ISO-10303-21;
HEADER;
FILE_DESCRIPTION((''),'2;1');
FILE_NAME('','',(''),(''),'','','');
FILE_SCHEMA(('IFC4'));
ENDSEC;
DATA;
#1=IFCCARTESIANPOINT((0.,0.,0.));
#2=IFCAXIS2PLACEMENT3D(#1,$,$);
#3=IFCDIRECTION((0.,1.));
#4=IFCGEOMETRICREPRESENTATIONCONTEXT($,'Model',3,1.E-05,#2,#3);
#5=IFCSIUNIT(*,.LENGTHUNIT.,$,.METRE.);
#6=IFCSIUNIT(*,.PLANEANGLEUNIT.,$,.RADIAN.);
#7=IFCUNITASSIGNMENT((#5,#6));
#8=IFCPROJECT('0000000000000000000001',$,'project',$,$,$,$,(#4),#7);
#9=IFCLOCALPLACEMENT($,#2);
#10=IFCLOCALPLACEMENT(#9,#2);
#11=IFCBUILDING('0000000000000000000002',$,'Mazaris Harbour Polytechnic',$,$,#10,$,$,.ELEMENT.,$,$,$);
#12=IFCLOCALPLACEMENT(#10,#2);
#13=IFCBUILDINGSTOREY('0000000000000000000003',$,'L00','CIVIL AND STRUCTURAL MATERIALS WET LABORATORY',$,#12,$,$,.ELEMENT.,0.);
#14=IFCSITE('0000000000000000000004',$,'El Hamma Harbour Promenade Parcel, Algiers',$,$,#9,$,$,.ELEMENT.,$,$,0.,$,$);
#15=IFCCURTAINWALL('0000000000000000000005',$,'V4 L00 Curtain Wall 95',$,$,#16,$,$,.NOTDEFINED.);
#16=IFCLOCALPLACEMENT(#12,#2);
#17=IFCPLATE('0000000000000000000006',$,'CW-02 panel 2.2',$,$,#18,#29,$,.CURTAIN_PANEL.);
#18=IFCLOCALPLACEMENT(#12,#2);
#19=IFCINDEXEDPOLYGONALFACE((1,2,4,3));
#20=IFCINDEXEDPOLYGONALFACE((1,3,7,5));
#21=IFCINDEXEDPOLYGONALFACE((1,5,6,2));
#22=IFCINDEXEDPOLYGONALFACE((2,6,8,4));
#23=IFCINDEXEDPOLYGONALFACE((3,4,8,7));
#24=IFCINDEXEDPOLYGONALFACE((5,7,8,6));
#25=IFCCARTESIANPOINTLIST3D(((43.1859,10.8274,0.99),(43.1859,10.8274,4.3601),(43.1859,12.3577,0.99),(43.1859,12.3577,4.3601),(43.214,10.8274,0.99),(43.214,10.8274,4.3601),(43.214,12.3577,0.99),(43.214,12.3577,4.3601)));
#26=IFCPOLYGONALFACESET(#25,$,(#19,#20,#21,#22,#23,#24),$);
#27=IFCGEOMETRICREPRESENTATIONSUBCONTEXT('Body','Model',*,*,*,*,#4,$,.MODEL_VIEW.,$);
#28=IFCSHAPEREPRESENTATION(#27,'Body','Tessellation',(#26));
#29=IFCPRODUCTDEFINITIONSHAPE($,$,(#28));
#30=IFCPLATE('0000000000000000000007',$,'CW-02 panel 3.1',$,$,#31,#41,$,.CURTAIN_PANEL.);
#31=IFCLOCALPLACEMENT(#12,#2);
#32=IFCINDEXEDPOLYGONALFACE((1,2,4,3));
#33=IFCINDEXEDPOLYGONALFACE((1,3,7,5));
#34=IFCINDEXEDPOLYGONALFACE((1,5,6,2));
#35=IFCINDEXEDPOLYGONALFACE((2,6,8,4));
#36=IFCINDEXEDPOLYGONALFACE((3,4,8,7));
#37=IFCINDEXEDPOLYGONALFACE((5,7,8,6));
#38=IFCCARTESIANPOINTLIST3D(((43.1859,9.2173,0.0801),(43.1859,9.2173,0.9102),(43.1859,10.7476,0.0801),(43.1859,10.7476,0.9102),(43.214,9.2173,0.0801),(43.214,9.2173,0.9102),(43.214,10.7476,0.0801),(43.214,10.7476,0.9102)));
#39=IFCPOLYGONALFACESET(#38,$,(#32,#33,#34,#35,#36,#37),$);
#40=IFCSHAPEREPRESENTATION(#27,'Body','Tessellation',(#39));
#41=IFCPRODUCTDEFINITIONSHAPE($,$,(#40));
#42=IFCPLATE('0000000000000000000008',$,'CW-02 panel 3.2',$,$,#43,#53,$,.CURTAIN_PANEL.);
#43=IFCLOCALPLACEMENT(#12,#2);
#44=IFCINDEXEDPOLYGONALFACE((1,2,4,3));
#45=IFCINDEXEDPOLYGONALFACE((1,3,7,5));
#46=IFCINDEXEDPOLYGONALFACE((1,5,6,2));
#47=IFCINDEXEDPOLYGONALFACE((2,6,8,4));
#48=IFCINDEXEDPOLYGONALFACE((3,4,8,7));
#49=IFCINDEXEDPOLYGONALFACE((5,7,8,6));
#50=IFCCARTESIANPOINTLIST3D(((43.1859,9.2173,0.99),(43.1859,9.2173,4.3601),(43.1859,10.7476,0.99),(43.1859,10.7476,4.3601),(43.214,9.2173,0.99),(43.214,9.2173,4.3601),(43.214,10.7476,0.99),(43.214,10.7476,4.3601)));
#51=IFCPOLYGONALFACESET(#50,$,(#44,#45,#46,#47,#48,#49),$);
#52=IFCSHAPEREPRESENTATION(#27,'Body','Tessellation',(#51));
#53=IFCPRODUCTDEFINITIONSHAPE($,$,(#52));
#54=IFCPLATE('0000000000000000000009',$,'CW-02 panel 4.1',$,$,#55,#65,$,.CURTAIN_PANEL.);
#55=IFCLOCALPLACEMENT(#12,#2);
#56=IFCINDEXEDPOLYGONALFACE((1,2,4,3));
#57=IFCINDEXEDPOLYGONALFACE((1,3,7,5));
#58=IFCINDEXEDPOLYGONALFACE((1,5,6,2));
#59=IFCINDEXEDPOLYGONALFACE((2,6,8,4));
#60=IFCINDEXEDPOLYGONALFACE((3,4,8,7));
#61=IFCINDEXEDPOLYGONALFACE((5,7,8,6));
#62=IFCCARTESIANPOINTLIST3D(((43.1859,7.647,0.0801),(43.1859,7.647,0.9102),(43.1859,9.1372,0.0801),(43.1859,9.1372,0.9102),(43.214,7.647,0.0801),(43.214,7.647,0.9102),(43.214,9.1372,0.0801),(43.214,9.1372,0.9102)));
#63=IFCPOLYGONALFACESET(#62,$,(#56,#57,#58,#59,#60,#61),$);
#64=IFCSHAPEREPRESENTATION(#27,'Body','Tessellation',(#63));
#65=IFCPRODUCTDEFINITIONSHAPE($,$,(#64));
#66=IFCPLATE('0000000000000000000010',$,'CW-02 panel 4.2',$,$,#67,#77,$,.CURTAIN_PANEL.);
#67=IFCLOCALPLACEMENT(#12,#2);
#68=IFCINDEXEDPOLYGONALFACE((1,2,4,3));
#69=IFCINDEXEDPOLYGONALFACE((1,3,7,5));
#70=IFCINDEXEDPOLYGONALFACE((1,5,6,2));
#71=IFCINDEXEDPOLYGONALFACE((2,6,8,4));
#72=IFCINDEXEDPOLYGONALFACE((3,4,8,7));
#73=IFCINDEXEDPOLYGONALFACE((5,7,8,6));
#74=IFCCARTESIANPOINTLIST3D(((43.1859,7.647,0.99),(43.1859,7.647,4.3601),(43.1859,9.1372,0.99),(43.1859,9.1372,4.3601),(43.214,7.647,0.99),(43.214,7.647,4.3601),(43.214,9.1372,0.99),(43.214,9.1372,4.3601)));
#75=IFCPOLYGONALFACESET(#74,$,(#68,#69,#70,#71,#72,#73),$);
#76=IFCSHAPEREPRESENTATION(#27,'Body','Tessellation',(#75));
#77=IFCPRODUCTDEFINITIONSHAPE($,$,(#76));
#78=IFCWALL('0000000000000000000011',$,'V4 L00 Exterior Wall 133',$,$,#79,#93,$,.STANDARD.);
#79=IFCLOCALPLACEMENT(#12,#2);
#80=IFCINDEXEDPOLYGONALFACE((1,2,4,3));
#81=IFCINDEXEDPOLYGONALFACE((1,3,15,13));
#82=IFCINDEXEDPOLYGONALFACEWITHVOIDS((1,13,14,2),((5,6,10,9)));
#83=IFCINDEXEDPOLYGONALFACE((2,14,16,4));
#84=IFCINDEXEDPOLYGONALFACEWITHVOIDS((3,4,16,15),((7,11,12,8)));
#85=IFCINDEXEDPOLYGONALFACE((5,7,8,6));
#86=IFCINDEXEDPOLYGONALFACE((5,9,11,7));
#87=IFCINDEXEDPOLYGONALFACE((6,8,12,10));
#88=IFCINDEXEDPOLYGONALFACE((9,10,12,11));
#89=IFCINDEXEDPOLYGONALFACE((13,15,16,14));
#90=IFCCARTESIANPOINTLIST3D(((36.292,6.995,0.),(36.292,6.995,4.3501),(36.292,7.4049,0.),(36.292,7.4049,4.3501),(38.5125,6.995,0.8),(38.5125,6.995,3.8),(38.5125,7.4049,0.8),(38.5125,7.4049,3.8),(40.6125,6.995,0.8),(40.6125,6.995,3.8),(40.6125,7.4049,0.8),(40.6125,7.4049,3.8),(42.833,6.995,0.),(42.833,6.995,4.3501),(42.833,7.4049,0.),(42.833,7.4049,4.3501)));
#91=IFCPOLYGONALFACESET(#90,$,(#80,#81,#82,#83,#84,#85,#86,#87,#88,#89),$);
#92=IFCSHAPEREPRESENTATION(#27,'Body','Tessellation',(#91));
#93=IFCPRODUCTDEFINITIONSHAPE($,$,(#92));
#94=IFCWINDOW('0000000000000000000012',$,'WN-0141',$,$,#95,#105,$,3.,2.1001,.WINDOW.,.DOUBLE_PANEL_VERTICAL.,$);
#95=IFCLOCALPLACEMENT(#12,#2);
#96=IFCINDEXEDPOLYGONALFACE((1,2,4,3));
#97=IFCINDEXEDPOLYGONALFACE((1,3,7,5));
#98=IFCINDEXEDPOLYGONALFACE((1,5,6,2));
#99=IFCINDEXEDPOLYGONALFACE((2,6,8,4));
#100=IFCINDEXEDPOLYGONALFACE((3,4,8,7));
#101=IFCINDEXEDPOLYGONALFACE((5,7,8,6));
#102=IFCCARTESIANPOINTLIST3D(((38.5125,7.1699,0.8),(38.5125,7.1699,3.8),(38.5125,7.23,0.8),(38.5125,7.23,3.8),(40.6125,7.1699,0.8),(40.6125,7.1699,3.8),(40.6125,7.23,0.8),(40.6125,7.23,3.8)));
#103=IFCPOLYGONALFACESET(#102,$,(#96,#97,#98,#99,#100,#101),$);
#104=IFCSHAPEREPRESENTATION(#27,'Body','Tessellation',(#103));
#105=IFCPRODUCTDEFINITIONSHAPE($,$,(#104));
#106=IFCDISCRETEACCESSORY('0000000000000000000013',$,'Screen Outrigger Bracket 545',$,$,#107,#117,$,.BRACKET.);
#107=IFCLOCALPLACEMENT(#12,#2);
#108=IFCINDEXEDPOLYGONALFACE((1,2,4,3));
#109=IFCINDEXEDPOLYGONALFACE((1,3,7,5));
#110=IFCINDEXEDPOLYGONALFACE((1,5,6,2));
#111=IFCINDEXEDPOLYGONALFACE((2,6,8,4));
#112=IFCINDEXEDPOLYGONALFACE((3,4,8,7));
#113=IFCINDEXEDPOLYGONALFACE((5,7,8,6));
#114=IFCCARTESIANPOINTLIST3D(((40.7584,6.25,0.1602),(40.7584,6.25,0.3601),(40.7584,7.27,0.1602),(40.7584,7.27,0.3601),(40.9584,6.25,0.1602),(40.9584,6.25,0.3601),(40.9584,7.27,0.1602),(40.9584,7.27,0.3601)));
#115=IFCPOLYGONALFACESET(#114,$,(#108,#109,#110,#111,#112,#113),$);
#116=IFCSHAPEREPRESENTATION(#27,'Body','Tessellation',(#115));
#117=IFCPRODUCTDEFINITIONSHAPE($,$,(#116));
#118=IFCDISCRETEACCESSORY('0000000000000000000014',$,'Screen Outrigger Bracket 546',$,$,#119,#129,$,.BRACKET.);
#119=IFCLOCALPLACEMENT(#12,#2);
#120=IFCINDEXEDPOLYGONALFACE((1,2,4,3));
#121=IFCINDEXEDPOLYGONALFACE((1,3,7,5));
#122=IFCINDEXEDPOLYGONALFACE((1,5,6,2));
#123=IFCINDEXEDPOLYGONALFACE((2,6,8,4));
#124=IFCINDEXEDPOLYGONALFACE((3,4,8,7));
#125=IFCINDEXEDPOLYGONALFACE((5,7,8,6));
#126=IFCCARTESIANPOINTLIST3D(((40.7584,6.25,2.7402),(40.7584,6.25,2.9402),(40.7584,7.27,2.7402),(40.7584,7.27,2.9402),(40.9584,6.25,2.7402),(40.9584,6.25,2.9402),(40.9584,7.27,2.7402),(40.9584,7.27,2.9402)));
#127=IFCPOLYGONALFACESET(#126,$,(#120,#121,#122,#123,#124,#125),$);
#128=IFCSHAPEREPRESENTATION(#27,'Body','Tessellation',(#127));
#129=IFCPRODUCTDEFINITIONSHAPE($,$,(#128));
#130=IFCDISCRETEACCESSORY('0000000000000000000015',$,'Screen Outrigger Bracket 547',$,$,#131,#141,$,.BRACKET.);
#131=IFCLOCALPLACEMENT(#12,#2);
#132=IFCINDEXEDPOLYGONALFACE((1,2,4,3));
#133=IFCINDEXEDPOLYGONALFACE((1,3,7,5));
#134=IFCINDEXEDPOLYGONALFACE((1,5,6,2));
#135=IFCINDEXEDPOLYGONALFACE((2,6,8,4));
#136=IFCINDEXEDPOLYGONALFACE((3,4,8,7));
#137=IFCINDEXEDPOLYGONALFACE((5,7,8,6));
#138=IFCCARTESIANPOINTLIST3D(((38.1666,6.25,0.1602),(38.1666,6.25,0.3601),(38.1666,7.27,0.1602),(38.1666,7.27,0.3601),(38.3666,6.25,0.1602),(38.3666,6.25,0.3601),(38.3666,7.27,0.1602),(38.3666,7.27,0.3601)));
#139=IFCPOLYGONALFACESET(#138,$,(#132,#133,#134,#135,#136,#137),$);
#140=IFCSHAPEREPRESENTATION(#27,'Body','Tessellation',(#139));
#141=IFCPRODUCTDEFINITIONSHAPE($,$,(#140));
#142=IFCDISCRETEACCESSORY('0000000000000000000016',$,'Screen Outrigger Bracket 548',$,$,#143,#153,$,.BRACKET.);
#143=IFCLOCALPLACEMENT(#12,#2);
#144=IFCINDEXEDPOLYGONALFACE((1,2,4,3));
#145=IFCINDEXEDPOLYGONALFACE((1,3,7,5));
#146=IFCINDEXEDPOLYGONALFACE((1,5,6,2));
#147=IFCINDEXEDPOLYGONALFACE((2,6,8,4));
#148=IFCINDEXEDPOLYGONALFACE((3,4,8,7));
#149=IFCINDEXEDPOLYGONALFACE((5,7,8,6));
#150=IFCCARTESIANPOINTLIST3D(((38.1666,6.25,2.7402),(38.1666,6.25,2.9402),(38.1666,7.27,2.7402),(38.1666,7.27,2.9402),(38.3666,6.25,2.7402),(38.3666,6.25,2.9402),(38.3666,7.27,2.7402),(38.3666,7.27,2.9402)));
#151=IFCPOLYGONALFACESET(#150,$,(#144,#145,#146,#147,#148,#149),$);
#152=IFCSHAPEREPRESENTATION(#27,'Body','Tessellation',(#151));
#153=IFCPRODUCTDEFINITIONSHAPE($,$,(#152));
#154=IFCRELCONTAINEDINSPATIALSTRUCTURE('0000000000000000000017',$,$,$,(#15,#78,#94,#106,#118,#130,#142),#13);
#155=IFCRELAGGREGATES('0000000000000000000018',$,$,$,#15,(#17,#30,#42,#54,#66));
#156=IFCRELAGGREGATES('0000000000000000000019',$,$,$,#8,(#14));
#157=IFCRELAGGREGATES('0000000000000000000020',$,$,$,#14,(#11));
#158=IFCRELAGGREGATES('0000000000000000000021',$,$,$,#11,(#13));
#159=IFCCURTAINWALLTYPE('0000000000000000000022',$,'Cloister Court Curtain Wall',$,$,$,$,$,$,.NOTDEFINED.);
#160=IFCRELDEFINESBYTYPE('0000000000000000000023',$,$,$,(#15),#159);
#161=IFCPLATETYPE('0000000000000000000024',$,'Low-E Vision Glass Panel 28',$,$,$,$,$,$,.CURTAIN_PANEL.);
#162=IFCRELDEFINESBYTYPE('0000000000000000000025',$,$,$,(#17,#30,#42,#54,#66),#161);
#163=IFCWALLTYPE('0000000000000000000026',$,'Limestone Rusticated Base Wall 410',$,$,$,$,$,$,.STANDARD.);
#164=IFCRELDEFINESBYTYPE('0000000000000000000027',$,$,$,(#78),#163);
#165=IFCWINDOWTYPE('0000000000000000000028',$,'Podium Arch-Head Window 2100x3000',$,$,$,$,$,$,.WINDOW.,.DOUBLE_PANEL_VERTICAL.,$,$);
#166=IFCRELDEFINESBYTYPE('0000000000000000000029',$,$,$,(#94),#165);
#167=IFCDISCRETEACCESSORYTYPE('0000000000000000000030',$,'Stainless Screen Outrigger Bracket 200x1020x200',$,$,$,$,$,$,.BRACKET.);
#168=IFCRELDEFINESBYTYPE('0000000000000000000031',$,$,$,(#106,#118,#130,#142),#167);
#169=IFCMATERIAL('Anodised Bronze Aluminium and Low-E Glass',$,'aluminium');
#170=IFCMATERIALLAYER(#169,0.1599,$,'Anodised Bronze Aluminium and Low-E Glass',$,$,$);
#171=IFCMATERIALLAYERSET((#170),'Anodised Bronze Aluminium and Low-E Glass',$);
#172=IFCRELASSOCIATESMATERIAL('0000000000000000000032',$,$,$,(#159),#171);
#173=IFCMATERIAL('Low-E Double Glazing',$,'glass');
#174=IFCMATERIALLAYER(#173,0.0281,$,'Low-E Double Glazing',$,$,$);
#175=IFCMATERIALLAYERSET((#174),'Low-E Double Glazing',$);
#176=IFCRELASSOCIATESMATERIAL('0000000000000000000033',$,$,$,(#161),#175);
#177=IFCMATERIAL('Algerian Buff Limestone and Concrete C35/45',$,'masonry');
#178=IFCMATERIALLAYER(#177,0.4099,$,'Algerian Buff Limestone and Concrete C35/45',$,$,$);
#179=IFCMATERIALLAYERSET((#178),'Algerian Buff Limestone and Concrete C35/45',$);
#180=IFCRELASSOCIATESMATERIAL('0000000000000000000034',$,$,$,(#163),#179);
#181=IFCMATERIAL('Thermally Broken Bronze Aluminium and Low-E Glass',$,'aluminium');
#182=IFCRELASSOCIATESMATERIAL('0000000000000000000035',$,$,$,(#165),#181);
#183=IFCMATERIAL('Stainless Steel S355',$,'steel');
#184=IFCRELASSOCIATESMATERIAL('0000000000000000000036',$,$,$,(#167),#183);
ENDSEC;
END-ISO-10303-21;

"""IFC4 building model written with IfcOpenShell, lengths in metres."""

from ifc_helpers import new_model, si_unit, direction, frame, frame_2d, origin, origin_2d, place, context, subcontext, project, spatial, rectangle, extrude, material, layer, layer_set, type_object, element, fill, aggregate, save


model = new_model("IFC4")

# Units and contexts
model_context = context("Model", 3, precision=1e-05, world=origin(), true_north=direction((0.0, 1.0)))
body_context = subcontext(model_context, "Body", "Model", "MODEL_VIEW")
ifc_project = project(units=[si_unit("LENGTHUNIT", "METRE"), si_unit("PLANEANGLEUNIT", "RADIAN")], contexts=[model_context])

# Site, building, storey
site_placement = place(None, origin())
site = spatial("IfcSite", under=ifc_project, at=site_placement, Name="El Hamma Harbour Promenade Parcel, Algiers", CompositionType="ELEMENT", RefElevation=0.0)
building_placement = place(site_placement, origin())
building = spatial("IfcBuilding", under=site, at=building_placement, Name="Mazaris Harbour Polytechnic", CompositionType="ELEMENT")
storey_placement = place(building_placement, origin())
storey = spatial("IfcBuildingStorey", under=building, at=storey_placement, Name="L00", Description="CIVIL AND STRUCTURAL MATERIALS WET LABORATORY", CompositionType="ELEMENT", Elevation=0.0)

# Curtain wall
ifc_material_1 = material(Name="Anodised Bronze Aluminium and Low-E Glass", Category="aluminium")
ifc_layer_1 = layer(ifc_material_1, 0.1599, Name="Anodised Bronze Aluminium and Low-E Glass")
ifc_layer_set_1 = layer_set([ifc_layer_1], Name="Anodised Bronze Aluminium and Low-E Glass")
curtain_wall_type = type_object("IfcCurtainWallType", Name="Cloister Court Curtain Wall", PredefinedType="NOTDEFINED", material=ifc_layer_set_1)
curtain_wall_placement = place(storey_placement, origin())
curtain_wall = element("IfcCurtainWall", 1, at=curtain_wall_placement, inside=storey, type_object=curtain_wall_type, Name="V4 L00 Curtain Wall 95", PredefinedType="NOTDEFINED")

# Plates
ifc_material_2 = material(Name="Low-E Double Glazing", Category="glass")
ifc_layer_2 = layer(ifc_material_2, 0.0281, Name="Low-E Double Glazing")
ifc_layer_set_2 = layer_set([ifc_layer_2], Name="Low-E Double Glazing")
plate_type = type_object("IfcPlateType", Name="Low-E Vision Glass Panel 28", PredefinedType="CURTAIN_PANEL", material=ifc_layer_set_2)
plate_1_placement = place(storey_placement, frame((43.2, 11.5925, 0.99), z_axis=(0.0, 0.0, 1.0), x_axis=(0.0, -1.0, 0.0)))
plate_1 = element("IfcPlate", 2, at=plate_1_placement, type_object=plate_type, Name="CW-02 panel 2.2", PredefinedType="CURTAIN_PANEL", context=body_context, shape_type="SweptSolid", body=[
    extrude(rectangle(XDim=1.5303, YDim=0.0281, at=origin_2d()), origin(), (0.0, 0.0, 1.0), 3.3701),
])
plate_2_placement = place(storey_placement, frame((43.2, 9.9824, 0.0801), z_axis=(0.0, 0.0, 1.0), x_axis=(0.0, -1.0, 0.0)))
plate_2 = element("IfcPlate", 3, at=plate_2_placement, type_object=plate_type, Name="CW-02 panel 3.1", PredefinedType="CURTAIN_PANEL", context=body_context, shape_type="SweptSolid", body=[
    extrude(rectangle(XDim=1.5303, YDim=0.0281, at=origin_2d()), origin(), (0.0, 0.0, 1.0), 0.8301),
])
plate_3_placement = place(storey_placement, frame((43.2, 9.9824, 0.99), z_axis=(0.0, 0.0, 1.0), x_axis=(0.0, -1.0, 0.0)))
plate_3 = element("IfcPlate", 4, at=plate_3_placement, type_object=plate_type, Name="CW-02 panel 3.2", PredefinedType="CURTAIN_PANEL", context=body_context, shape_type="SweptSolid", body=[
    extrude(rectangle(XDim=1.5303, YDim=0.0281, at=origin_2d()), origin(), (0.0, 0.0, 1.0), 3.3701),
])
plate_4_placement = place(storey_placement, frame((43.2, 8.3921, 0.0801), z_axis=(0.0, 0.0, 1.0), x_axis=(0.0, -1.0, 0.0)))
plate_4 = element("IfcPlate", 5, at=plate_4_placement, type_object=plate_type, Name="CW-02 panel 4.1", PredefinedType="CURTAIN_PANEL", context=body_context, shape_type="SweptSolid", body=[
    extrude(rectangle(XDim=1.4902, YDim=0.0281, at=origin_2d()), origin(), (0.0, 0.0, 1.0), 0.8301),
])
plate_5_placement = place(storey_placement, frame((43.2, 8.3921, 0.99), z_axis=(0.0, 0.0, 1.0), x_axis=(0.0, -1.0, 0.0)))
plate_5 = element("IfcPlate", 6, at=plate_5_placement, type_object=plate_type, Name="CW-02 panel 4.2", PredefinedType="CURTAIN_PANEL", context=body_context, shape_type="SweptSolid", body=[
    extrude(rectangle(XDim=1.4902, YDim=0.0281, at=origin_2d()), origin(), (0.0, 0.0, 1.0), 3.3701),
])
aggregate(curtain_wall, [plate_1, plate_2, plate_3, plate_4, plate_5])

# Wall, opening, window
ifc_material_3 = material(Name="Algerian Buff Limestone and Concrete C35/45", Category="masonry")
ifc_layer_3 = layer(ifc_material_3, 0.4099, Name="Algerian Buff Limestone and Concrete C35/45")
ifc_layer_set_3 = layer_set([ifc_layer_3], Name="Algerian Buff Limestone and Concrete C35/45")
wall_type = type_object("IfcWallType", Name="Limestone Rusticated Base Wall 410", PredefinedType="STANDARD", material=ifc_layer_set_3)
wall_placement = place(storey_placement, frame((42.833, 7.2, 0.0), z_axis=(0.0, 0.0, 1.0), x_axis=(-1.0, 0.0, 0.0)))
wall = element("IfcWall", 7, at=wall_placement, inside=storey, type_object=wall_type, Name="V4 L00 Exterior Wall 133", PredefinedType="STANDARD", context=body_context, shape_type="SweptSolid", body=[
    extrude(rectangle(XDim=6.541, YDim=0.4099, at=frame_2d((3.2705, 0.0))), origin(), (0.0, 0.0, 1.0), 4.3501),
])
opening_placement = place(wall_placement, frame((2.2205, 0.0, 0.8)))
opening = element("IfcOpeningElement", 8, at=opening_placement, cuts=wall, PredefinedType="OPENING", context=body_context, shape_type="SweptSolid", body=[
    extrude(rectangle(XDim=2.1001, YDim=3.0, at=frame_2d((1.05, 1.5))), frame((0.0, 0.2148, 0.0), z_axis=(0.0, -1.0, 0.0), x_axis=(1.0, 0.0, 0.0)), (0.0, 0.0, 1.0), 0.4299),
])
ifc_material_4 = material(Name="Thermally Broken Bronze Aluminium and Low-E Glass", Category="aluminium")
window_type = type_object("IfcWindowType", Name="Podium Arch-Head Window 2100x3000", PartitioningType="DOUBLE_PANEL_VERTICAL", PredefinedType="WINDOW", material=ifc_material_4)
window_placement = place(opening_placement, origin())
window = element("IfcWindow", 9, at=window_placement, inside=storey, type_object=window_type, Name="WN-0141", OverallHeight=3.0, OverallWidth=2.1001, PartitioningType="DOUBLE_PANEL_VERTICAL", PredefinedType="WINDOW", context=body_context, shape_type="SweptSolid", body=[
    extrude(rectangle(XDim=2.1001, YDim=3.0, at=frame_2d((1.05, 1.5))), frame((0.0, 0.03, 0.0), z_axis=(0.0, -1.0, 0.0), x_axis=(1.0, 0.0, 0.0)), (0.0, 0.0, 1.0), 0.0601),
])
fill(opening, window)

# Discrete accessories
ifc_material_5 = material(Name="Stainless Steel S355", Category="steel")
discrete_accessory_type = type_object("IfcDiscreteAccessoryType", Name="Stainless Screen Outrigger Bracket 200x1020x200", PredefinedType="BRACKET", material=ifc_material_5)
for number, where, z_axis, x_axis, name in (
    (10, (40.8584, 6.76, 0.1602), (0.0, 0.0, 1.0), (-1.0, 0.0, 0.0), "Screen Outrigger Bracket 545"),
    (11, (40.8584, 6.76, 2.7402), (0.0, 0.0, 1.0), (-1.0, 0.0, 0.0), "Screen Outrigger Bracket 546"),
    (12, (38.2666, 6.76, 0.1602), (0.0, 0.0, 1.0), (-1.0, 0.0, 0.0), "Screen Outrigger Bracket 547"),
    (13, (38.2666, 6.76, 2.7402), (0.0, 0.0, 1.0), (-1.0, 0.0, 0.0), "Screen Outrigger Bracket 548"),
):
    element("IfcDiscreteAccessory", number, at=place(storey_placement, frame(where, z_axis=z_axis, x_axis=x_axis)), inside=storey, type_object=discrete_accessory_type, Name=name, PredefinedType="BRACKET", context=body_context, shape_type="SweptSolid", body=[
        extrude(rectangle(XDim=0.2, YDim=1.02, at=origin_2d()), origin(), (0.0, 0.0, 1.0), 0.2),
    ])

save(model, "model.ifc")
